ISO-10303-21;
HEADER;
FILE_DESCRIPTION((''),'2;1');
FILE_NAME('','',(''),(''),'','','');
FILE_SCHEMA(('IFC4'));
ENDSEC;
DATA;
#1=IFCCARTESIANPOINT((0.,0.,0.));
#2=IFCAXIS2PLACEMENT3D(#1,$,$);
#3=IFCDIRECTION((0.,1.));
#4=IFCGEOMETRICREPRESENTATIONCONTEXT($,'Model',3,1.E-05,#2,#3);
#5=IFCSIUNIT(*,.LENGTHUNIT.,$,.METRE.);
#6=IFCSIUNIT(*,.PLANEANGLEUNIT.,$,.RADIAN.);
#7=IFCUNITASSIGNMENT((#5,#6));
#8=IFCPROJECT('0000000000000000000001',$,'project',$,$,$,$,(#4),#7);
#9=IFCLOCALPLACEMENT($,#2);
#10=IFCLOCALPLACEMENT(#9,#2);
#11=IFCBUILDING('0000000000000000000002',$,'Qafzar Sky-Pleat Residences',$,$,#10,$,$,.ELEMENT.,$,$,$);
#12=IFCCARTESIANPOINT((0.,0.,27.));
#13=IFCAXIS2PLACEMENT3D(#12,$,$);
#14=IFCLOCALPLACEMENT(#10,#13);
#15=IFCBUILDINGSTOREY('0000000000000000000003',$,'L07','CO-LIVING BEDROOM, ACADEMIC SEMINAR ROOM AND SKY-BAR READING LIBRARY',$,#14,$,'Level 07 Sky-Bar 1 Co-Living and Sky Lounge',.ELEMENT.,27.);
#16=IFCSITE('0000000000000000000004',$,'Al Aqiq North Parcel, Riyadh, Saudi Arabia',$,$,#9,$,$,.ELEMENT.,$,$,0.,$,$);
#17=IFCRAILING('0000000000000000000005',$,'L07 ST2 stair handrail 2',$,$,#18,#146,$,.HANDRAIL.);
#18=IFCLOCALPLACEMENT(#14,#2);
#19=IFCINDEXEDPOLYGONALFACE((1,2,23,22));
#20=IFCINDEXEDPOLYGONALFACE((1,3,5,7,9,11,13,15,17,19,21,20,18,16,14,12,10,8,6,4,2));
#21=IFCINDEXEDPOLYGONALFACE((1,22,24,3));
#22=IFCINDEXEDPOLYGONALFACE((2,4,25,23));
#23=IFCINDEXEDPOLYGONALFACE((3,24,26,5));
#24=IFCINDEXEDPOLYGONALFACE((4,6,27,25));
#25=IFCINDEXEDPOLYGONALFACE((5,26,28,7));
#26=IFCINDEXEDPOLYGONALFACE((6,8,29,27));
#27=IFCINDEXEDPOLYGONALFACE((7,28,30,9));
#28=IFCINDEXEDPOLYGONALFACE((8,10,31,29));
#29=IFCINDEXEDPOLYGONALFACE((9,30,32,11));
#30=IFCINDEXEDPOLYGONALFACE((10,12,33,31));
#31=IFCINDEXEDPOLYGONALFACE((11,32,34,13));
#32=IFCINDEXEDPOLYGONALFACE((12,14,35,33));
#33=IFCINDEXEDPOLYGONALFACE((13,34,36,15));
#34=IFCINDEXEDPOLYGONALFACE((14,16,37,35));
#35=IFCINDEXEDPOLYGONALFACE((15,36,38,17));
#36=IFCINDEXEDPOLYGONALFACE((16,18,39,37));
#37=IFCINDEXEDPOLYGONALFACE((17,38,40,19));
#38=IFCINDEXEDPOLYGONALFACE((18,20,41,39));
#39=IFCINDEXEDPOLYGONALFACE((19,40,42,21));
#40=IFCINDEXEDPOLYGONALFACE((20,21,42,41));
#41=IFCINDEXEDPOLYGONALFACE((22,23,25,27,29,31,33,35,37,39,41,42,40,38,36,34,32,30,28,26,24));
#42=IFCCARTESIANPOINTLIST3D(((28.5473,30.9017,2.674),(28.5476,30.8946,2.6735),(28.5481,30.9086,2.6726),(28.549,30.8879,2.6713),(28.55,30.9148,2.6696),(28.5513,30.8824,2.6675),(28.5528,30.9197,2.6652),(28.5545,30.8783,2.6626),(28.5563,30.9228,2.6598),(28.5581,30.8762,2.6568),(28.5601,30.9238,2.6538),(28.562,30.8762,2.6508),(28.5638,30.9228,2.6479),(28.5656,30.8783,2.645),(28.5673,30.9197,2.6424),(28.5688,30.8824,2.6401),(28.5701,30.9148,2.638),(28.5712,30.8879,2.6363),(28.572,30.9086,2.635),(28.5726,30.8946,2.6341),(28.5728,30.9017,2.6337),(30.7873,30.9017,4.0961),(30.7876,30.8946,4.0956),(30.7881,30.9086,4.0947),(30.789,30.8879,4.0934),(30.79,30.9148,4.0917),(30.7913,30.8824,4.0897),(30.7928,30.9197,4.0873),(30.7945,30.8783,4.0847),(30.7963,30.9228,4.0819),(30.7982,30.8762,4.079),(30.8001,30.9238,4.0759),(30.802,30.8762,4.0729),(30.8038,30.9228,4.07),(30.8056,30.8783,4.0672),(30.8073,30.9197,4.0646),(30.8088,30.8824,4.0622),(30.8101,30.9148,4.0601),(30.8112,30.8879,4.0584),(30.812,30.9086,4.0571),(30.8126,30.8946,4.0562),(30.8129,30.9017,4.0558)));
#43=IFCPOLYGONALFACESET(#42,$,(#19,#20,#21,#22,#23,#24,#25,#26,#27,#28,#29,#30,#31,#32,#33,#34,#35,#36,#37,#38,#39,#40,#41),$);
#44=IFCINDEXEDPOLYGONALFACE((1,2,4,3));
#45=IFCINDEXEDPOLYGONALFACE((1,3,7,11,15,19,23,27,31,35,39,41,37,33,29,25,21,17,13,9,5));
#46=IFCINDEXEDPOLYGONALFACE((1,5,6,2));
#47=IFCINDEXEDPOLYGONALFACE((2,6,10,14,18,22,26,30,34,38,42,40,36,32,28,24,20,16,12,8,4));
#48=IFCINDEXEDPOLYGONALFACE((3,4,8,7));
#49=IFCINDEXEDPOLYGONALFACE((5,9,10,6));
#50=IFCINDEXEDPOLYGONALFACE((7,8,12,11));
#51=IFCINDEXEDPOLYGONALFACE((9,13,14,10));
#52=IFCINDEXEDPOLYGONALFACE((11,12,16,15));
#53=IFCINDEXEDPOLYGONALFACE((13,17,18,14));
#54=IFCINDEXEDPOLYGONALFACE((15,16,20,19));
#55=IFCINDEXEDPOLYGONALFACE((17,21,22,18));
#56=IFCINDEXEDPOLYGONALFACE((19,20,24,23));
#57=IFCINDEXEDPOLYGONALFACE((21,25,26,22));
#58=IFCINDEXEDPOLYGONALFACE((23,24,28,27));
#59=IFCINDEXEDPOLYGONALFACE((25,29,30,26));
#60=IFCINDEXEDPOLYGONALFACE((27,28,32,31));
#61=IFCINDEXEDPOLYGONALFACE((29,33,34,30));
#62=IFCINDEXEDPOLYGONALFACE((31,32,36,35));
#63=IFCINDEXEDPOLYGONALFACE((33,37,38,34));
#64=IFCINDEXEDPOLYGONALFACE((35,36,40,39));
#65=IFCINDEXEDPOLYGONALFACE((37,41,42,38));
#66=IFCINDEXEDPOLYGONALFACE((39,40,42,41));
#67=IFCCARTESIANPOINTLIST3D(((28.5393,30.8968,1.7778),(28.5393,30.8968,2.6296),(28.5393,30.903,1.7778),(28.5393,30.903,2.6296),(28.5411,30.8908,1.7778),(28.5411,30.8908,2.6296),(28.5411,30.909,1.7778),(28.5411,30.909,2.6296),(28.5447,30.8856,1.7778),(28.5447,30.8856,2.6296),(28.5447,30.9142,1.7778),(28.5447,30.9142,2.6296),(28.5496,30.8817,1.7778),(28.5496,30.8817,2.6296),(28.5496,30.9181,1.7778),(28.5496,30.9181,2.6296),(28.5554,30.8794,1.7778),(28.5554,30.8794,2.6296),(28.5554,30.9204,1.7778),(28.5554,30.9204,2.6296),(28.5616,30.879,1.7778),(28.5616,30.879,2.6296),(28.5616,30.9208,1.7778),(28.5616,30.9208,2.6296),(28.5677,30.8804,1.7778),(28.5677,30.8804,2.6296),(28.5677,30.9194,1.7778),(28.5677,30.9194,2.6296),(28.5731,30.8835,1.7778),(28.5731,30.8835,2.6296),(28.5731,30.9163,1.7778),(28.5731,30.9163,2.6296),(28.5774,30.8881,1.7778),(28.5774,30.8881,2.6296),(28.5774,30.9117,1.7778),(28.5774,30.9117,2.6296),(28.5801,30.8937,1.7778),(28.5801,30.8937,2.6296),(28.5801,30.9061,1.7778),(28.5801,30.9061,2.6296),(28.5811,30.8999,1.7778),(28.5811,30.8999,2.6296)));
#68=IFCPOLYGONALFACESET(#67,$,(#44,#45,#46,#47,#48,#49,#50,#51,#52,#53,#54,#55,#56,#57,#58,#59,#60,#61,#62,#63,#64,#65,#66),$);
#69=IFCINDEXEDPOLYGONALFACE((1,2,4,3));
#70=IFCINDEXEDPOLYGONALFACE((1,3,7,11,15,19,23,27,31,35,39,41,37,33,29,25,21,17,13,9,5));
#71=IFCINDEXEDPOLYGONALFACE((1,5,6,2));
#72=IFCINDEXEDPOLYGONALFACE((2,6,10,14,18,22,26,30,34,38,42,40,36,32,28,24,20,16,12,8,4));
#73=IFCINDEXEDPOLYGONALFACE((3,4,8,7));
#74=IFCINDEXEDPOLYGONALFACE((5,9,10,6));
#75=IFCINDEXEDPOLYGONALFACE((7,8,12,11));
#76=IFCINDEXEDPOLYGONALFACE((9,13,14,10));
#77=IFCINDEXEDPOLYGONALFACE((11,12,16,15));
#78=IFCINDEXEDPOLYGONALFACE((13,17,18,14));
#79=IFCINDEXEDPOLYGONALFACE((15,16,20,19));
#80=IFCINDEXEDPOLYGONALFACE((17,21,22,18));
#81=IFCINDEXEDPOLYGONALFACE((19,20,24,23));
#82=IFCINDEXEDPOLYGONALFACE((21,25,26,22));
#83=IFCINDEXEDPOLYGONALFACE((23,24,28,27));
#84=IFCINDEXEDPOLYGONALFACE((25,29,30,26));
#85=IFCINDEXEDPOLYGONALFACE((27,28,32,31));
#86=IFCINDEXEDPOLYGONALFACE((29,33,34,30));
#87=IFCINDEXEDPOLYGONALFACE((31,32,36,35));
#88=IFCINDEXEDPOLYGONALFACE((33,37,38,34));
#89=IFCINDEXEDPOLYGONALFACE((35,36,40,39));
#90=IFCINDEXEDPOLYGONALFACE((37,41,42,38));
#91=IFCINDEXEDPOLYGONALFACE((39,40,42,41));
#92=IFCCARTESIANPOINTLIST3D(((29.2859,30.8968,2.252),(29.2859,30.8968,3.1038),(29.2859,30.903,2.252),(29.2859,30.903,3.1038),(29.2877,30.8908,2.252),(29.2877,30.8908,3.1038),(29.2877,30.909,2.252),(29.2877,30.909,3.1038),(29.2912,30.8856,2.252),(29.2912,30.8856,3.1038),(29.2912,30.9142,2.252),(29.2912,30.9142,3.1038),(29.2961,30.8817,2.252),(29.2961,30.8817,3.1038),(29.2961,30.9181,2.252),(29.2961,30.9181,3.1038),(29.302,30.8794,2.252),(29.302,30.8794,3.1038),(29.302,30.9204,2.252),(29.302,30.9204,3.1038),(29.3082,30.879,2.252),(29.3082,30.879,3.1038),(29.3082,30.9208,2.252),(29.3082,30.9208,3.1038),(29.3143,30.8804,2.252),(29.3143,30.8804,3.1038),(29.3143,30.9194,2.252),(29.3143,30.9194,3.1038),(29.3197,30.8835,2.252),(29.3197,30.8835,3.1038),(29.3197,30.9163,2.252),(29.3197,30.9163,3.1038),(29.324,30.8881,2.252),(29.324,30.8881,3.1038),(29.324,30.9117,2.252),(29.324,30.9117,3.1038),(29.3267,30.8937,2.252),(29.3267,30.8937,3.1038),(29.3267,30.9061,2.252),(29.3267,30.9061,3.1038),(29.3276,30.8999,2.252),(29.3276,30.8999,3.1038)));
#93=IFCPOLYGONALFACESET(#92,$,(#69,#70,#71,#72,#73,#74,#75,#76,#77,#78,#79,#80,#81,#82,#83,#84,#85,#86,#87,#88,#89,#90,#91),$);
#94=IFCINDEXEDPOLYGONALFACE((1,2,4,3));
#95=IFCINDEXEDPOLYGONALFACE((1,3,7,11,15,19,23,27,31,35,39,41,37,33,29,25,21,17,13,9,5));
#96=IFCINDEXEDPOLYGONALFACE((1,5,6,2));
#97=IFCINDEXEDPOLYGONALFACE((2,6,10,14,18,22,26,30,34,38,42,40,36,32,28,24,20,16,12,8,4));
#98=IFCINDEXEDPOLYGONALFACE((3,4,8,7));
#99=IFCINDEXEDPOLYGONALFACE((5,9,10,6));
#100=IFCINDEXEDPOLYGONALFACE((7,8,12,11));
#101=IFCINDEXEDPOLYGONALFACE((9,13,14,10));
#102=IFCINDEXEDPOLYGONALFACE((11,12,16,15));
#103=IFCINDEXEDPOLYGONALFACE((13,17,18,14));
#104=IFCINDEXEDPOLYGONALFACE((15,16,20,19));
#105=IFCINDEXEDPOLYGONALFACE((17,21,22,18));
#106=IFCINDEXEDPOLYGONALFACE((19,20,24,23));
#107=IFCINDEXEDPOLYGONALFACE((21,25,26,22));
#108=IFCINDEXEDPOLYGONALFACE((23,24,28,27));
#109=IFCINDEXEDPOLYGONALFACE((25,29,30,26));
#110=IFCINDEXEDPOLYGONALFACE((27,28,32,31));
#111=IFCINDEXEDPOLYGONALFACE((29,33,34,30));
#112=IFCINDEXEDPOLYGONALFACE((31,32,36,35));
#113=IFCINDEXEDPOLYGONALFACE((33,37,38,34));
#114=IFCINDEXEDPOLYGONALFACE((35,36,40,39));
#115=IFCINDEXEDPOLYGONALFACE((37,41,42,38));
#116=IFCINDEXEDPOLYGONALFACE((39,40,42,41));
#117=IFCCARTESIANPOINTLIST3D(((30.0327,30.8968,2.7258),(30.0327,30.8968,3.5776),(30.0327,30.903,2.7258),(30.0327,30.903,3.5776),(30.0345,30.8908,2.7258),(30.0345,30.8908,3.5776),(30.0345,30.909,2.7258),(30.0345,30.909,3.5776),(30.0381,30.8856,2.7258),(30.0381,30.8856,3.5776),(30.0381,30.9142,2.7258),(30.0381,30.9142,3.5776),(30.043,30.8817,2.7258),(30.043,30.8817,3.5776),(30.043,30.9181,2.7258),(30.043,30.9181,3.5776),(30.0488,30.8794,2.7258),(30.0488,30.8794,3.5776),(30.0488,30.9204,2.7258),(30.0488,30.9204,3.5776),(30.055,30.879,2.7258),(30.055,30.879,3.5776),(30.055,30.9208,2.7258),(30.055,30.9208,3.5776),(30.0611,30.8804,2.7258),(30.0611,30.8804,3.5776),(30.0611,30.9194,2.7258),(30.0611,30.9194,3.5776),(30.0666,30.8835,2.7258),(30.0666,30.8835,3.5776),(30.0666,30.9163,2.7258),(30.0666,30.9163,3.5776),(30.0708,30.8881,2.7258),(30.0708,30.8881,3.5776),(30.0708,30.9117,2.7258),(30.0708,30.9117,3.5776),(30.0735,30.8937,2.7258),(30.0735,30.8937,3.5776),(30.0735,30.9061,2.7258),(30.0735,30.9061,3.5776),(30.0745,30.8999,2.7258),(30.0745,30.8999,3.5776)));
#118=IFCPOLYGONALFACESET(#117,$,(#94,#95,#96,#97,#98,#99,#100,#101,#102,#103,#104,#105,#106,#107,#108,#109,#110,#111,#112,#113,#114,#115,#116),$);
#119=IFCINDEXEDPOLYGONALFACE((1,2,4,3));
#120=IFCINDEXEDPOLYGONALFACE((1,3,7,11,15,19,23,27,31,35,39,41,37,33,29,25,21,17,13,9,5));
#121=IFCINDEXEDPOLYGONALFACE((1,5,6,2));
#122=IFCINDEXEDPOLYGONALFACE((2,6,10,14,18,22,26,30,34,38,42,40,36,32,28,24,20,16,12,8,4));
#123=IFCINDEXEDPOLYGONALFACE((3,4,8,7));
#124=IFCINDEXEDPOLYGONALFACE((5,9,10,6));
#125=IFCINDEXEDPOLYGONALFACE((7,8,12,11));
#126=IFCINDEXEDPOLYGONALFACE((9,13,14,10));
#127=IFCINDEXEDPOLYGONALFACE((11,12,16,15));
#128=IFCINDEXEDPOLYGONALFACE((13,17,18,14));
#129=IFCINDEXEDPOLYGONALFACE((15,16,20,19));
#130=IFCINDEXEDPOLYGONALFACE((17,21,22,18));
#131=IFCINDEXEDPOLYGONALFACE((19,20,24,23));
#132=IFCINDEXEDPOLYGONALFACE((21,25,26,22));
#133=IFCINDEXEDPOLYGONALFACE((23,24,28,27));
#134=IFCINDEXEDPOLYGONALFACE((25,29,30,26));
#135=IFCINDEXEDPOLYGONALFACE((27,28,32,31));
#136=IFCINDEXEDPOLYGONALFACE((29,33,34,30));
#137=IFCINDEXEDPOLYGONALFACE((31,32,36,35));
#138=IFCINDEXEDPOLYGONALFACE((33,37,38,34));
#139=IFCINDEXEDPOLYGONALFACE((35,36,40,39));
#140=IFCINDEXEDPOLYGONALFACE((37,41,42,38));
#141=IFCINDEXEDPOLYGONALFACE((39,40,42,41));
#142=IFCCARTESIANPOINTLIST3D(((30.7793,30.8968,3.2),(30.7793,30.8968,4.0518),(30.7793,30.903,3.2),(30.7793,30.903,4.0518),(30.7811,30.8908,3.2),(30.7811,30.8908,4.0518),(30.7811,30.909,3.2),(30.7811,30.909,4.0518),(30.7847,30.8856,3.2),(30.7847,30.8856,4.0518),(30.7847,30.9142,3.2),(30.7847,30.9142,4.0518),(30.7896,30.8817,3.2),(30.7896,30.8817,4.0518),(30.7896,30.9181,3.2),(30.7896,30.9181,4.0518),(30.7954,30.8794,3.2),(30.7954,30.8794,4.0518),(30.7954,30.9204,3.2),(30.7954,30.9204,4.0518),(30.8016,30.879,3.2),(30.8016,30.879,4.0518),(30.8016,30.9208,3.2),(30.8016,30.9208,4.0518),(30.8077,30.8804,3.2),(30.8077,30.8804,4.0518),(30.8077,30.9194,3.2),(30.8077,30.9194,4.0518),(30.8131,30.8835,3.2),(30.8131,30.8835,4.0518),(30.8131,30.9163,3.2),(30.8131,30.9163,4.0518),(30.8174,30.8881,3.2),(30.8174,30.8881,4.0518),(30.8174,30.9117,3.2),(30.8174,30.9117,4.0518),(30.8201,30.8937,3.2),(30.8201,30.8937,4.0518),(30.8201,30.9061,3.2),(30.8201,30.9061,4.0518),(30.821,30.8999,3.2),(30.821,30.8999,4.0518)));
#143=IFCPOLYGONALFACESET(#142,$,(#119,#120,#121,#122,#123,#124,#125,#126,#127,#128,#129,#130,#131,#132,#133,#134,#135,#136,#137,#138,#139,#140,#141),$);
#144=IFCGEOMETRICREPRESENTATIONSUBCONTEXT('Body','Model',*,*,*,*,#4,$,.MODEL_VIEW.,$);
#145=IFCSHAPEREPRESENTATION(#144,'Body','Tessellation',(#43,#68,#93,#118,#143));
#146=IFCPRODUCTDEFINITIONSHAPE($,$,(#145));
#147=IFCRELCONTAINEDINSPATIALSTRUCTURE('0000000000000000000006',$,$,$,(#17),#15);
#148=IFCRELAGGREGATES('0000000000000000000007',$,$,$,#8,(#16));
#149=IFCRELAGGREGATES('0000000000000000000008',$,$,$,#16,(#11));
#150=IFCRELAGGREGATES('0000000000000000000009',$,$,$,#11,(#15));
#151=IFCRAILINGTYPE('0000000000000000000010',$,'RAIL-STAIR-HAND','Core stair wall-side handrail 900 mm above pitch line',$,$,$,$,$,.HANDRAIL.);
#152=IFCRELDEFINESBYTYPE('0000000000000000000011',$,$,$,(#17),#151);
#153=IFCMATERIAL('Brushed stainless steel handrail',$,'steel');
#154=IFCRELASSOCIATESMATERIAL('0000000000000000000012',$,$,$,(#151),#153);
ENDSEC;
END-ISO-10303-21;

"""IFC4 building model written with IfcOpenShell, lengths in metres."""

from ifc_helpers import new_model, si_unit, direction, frame, origin, origin_2d, place, context, subcontext, project, spatial, circle, extrude, source, transform, mapped, material, type_object, element, save


model = new_model("IFC4")

# Units and contexts
model_context = context("Model", 3, precision=1e-05, world=origin(), true_north=direction((0.0, 1.0)))
body_context = subcontext(model_context, "Body", "Model", "MODEL_VIEW")
ifc_project = project(units=[si_unit("LENGTHUNIT", "METRE"), si_unit("PLANEANGLEUNIT", "RADIAN")], contexts=[model_context])

# Site, building, storey
site_placement = place(None, origin())
site = spatial("IfcSite", under=ifc_project, at=site_placement, Name="Al Aqiq North Parcel, Riyadh, Saudi Arabia", CompositionType="ELEMENT", RefElevation=0.0)
building_placement = place(site_placement, origin())
building = spatial("IfcBuilding", under=site, at=building_placement, Name="Qafzar Sky-Pleat Residences", CompositionType="ELEMENT")
storey_placement = place(building_placement, frame((0.0, 0.0, 27.0)))
storey = spatial("IfcBuildingStorey", under=building, at=storey_placement, Name="L07", Description="CO-LIVING BEDROOM, ACADEMIC SEMINAR ROOM AND SKY-BAR READING LIBRARY", LongName="Level 07 Sky-Bar 1 Co-Living and Sky Lounge", CompositionType="ELEMENT", Elevation=27.0)

# Railing
ifc_material_1 = material(Name="Brushed stainless steel handrail", Category="steel")
railing_type_1 = type_object("IfcRailingType", Name="RAIL-STAIR-HAND", Description="Core stair wall-side handrail 900 mm above pitch line", PredefinedType="HANDRAIL", material=ifc_material_1)
shared_shape_1 = source(origin(), body_context, "Body", "SweptSolid", [
    extrude(circle(Radius=0.0239, at=origin_2d()), frame((0.0, 0.0, 0.876), z_axis=(0.844229, 0.0, 0.535982), x_axis=(0.0, 1.0, 0.0)), (0.0, 0.0, 1.0), 2.6533),
    extrude(circle(Radius=0.021, at=origin_2d()), origin(), (0.0, 0.0, 1.0), 0.8518),
    extrude(circle(Radius=0.021, at=origin_2d()), frame((0.7466, 0.0, 0.4741)), (0.0, 0.0, 1.0), 0.8518),
    extrude(circle(Radius=0.021, at=origin_2d()), frame((1.4934, 0.0, 0.948)), (0.0, 0.0, 1.0), 0.8518),
    extrude(circle(Radius=0.021, at=origin_2d()), frame((2.24, 0.0, 1.4221)), (0.0, 0.0, 1.0), 0.8518),
])
railing_1_placement = place(storey_placement, frame((28.5601, 30.8999, 1.7778)))
element("IfcRailing", 1, at=railing_1_placement, inside=storey, type_object=railing_type_1, Name="L07 ST2 stair handrail 2", PredefinedType="HANDRAIL", context=body_context, shape_type="MappedRepresentation", body=[
    mapped(shared_shape_1, transform((0.0, 0.0, 0.0), x_axis=(1.0, 0.0, 0.0), y_axis=(0.0, 1.0, 0.0), z_axis=(0.0, 0.0, 1.0), scale=1.0)),
])

save(model, "model.ifc")
